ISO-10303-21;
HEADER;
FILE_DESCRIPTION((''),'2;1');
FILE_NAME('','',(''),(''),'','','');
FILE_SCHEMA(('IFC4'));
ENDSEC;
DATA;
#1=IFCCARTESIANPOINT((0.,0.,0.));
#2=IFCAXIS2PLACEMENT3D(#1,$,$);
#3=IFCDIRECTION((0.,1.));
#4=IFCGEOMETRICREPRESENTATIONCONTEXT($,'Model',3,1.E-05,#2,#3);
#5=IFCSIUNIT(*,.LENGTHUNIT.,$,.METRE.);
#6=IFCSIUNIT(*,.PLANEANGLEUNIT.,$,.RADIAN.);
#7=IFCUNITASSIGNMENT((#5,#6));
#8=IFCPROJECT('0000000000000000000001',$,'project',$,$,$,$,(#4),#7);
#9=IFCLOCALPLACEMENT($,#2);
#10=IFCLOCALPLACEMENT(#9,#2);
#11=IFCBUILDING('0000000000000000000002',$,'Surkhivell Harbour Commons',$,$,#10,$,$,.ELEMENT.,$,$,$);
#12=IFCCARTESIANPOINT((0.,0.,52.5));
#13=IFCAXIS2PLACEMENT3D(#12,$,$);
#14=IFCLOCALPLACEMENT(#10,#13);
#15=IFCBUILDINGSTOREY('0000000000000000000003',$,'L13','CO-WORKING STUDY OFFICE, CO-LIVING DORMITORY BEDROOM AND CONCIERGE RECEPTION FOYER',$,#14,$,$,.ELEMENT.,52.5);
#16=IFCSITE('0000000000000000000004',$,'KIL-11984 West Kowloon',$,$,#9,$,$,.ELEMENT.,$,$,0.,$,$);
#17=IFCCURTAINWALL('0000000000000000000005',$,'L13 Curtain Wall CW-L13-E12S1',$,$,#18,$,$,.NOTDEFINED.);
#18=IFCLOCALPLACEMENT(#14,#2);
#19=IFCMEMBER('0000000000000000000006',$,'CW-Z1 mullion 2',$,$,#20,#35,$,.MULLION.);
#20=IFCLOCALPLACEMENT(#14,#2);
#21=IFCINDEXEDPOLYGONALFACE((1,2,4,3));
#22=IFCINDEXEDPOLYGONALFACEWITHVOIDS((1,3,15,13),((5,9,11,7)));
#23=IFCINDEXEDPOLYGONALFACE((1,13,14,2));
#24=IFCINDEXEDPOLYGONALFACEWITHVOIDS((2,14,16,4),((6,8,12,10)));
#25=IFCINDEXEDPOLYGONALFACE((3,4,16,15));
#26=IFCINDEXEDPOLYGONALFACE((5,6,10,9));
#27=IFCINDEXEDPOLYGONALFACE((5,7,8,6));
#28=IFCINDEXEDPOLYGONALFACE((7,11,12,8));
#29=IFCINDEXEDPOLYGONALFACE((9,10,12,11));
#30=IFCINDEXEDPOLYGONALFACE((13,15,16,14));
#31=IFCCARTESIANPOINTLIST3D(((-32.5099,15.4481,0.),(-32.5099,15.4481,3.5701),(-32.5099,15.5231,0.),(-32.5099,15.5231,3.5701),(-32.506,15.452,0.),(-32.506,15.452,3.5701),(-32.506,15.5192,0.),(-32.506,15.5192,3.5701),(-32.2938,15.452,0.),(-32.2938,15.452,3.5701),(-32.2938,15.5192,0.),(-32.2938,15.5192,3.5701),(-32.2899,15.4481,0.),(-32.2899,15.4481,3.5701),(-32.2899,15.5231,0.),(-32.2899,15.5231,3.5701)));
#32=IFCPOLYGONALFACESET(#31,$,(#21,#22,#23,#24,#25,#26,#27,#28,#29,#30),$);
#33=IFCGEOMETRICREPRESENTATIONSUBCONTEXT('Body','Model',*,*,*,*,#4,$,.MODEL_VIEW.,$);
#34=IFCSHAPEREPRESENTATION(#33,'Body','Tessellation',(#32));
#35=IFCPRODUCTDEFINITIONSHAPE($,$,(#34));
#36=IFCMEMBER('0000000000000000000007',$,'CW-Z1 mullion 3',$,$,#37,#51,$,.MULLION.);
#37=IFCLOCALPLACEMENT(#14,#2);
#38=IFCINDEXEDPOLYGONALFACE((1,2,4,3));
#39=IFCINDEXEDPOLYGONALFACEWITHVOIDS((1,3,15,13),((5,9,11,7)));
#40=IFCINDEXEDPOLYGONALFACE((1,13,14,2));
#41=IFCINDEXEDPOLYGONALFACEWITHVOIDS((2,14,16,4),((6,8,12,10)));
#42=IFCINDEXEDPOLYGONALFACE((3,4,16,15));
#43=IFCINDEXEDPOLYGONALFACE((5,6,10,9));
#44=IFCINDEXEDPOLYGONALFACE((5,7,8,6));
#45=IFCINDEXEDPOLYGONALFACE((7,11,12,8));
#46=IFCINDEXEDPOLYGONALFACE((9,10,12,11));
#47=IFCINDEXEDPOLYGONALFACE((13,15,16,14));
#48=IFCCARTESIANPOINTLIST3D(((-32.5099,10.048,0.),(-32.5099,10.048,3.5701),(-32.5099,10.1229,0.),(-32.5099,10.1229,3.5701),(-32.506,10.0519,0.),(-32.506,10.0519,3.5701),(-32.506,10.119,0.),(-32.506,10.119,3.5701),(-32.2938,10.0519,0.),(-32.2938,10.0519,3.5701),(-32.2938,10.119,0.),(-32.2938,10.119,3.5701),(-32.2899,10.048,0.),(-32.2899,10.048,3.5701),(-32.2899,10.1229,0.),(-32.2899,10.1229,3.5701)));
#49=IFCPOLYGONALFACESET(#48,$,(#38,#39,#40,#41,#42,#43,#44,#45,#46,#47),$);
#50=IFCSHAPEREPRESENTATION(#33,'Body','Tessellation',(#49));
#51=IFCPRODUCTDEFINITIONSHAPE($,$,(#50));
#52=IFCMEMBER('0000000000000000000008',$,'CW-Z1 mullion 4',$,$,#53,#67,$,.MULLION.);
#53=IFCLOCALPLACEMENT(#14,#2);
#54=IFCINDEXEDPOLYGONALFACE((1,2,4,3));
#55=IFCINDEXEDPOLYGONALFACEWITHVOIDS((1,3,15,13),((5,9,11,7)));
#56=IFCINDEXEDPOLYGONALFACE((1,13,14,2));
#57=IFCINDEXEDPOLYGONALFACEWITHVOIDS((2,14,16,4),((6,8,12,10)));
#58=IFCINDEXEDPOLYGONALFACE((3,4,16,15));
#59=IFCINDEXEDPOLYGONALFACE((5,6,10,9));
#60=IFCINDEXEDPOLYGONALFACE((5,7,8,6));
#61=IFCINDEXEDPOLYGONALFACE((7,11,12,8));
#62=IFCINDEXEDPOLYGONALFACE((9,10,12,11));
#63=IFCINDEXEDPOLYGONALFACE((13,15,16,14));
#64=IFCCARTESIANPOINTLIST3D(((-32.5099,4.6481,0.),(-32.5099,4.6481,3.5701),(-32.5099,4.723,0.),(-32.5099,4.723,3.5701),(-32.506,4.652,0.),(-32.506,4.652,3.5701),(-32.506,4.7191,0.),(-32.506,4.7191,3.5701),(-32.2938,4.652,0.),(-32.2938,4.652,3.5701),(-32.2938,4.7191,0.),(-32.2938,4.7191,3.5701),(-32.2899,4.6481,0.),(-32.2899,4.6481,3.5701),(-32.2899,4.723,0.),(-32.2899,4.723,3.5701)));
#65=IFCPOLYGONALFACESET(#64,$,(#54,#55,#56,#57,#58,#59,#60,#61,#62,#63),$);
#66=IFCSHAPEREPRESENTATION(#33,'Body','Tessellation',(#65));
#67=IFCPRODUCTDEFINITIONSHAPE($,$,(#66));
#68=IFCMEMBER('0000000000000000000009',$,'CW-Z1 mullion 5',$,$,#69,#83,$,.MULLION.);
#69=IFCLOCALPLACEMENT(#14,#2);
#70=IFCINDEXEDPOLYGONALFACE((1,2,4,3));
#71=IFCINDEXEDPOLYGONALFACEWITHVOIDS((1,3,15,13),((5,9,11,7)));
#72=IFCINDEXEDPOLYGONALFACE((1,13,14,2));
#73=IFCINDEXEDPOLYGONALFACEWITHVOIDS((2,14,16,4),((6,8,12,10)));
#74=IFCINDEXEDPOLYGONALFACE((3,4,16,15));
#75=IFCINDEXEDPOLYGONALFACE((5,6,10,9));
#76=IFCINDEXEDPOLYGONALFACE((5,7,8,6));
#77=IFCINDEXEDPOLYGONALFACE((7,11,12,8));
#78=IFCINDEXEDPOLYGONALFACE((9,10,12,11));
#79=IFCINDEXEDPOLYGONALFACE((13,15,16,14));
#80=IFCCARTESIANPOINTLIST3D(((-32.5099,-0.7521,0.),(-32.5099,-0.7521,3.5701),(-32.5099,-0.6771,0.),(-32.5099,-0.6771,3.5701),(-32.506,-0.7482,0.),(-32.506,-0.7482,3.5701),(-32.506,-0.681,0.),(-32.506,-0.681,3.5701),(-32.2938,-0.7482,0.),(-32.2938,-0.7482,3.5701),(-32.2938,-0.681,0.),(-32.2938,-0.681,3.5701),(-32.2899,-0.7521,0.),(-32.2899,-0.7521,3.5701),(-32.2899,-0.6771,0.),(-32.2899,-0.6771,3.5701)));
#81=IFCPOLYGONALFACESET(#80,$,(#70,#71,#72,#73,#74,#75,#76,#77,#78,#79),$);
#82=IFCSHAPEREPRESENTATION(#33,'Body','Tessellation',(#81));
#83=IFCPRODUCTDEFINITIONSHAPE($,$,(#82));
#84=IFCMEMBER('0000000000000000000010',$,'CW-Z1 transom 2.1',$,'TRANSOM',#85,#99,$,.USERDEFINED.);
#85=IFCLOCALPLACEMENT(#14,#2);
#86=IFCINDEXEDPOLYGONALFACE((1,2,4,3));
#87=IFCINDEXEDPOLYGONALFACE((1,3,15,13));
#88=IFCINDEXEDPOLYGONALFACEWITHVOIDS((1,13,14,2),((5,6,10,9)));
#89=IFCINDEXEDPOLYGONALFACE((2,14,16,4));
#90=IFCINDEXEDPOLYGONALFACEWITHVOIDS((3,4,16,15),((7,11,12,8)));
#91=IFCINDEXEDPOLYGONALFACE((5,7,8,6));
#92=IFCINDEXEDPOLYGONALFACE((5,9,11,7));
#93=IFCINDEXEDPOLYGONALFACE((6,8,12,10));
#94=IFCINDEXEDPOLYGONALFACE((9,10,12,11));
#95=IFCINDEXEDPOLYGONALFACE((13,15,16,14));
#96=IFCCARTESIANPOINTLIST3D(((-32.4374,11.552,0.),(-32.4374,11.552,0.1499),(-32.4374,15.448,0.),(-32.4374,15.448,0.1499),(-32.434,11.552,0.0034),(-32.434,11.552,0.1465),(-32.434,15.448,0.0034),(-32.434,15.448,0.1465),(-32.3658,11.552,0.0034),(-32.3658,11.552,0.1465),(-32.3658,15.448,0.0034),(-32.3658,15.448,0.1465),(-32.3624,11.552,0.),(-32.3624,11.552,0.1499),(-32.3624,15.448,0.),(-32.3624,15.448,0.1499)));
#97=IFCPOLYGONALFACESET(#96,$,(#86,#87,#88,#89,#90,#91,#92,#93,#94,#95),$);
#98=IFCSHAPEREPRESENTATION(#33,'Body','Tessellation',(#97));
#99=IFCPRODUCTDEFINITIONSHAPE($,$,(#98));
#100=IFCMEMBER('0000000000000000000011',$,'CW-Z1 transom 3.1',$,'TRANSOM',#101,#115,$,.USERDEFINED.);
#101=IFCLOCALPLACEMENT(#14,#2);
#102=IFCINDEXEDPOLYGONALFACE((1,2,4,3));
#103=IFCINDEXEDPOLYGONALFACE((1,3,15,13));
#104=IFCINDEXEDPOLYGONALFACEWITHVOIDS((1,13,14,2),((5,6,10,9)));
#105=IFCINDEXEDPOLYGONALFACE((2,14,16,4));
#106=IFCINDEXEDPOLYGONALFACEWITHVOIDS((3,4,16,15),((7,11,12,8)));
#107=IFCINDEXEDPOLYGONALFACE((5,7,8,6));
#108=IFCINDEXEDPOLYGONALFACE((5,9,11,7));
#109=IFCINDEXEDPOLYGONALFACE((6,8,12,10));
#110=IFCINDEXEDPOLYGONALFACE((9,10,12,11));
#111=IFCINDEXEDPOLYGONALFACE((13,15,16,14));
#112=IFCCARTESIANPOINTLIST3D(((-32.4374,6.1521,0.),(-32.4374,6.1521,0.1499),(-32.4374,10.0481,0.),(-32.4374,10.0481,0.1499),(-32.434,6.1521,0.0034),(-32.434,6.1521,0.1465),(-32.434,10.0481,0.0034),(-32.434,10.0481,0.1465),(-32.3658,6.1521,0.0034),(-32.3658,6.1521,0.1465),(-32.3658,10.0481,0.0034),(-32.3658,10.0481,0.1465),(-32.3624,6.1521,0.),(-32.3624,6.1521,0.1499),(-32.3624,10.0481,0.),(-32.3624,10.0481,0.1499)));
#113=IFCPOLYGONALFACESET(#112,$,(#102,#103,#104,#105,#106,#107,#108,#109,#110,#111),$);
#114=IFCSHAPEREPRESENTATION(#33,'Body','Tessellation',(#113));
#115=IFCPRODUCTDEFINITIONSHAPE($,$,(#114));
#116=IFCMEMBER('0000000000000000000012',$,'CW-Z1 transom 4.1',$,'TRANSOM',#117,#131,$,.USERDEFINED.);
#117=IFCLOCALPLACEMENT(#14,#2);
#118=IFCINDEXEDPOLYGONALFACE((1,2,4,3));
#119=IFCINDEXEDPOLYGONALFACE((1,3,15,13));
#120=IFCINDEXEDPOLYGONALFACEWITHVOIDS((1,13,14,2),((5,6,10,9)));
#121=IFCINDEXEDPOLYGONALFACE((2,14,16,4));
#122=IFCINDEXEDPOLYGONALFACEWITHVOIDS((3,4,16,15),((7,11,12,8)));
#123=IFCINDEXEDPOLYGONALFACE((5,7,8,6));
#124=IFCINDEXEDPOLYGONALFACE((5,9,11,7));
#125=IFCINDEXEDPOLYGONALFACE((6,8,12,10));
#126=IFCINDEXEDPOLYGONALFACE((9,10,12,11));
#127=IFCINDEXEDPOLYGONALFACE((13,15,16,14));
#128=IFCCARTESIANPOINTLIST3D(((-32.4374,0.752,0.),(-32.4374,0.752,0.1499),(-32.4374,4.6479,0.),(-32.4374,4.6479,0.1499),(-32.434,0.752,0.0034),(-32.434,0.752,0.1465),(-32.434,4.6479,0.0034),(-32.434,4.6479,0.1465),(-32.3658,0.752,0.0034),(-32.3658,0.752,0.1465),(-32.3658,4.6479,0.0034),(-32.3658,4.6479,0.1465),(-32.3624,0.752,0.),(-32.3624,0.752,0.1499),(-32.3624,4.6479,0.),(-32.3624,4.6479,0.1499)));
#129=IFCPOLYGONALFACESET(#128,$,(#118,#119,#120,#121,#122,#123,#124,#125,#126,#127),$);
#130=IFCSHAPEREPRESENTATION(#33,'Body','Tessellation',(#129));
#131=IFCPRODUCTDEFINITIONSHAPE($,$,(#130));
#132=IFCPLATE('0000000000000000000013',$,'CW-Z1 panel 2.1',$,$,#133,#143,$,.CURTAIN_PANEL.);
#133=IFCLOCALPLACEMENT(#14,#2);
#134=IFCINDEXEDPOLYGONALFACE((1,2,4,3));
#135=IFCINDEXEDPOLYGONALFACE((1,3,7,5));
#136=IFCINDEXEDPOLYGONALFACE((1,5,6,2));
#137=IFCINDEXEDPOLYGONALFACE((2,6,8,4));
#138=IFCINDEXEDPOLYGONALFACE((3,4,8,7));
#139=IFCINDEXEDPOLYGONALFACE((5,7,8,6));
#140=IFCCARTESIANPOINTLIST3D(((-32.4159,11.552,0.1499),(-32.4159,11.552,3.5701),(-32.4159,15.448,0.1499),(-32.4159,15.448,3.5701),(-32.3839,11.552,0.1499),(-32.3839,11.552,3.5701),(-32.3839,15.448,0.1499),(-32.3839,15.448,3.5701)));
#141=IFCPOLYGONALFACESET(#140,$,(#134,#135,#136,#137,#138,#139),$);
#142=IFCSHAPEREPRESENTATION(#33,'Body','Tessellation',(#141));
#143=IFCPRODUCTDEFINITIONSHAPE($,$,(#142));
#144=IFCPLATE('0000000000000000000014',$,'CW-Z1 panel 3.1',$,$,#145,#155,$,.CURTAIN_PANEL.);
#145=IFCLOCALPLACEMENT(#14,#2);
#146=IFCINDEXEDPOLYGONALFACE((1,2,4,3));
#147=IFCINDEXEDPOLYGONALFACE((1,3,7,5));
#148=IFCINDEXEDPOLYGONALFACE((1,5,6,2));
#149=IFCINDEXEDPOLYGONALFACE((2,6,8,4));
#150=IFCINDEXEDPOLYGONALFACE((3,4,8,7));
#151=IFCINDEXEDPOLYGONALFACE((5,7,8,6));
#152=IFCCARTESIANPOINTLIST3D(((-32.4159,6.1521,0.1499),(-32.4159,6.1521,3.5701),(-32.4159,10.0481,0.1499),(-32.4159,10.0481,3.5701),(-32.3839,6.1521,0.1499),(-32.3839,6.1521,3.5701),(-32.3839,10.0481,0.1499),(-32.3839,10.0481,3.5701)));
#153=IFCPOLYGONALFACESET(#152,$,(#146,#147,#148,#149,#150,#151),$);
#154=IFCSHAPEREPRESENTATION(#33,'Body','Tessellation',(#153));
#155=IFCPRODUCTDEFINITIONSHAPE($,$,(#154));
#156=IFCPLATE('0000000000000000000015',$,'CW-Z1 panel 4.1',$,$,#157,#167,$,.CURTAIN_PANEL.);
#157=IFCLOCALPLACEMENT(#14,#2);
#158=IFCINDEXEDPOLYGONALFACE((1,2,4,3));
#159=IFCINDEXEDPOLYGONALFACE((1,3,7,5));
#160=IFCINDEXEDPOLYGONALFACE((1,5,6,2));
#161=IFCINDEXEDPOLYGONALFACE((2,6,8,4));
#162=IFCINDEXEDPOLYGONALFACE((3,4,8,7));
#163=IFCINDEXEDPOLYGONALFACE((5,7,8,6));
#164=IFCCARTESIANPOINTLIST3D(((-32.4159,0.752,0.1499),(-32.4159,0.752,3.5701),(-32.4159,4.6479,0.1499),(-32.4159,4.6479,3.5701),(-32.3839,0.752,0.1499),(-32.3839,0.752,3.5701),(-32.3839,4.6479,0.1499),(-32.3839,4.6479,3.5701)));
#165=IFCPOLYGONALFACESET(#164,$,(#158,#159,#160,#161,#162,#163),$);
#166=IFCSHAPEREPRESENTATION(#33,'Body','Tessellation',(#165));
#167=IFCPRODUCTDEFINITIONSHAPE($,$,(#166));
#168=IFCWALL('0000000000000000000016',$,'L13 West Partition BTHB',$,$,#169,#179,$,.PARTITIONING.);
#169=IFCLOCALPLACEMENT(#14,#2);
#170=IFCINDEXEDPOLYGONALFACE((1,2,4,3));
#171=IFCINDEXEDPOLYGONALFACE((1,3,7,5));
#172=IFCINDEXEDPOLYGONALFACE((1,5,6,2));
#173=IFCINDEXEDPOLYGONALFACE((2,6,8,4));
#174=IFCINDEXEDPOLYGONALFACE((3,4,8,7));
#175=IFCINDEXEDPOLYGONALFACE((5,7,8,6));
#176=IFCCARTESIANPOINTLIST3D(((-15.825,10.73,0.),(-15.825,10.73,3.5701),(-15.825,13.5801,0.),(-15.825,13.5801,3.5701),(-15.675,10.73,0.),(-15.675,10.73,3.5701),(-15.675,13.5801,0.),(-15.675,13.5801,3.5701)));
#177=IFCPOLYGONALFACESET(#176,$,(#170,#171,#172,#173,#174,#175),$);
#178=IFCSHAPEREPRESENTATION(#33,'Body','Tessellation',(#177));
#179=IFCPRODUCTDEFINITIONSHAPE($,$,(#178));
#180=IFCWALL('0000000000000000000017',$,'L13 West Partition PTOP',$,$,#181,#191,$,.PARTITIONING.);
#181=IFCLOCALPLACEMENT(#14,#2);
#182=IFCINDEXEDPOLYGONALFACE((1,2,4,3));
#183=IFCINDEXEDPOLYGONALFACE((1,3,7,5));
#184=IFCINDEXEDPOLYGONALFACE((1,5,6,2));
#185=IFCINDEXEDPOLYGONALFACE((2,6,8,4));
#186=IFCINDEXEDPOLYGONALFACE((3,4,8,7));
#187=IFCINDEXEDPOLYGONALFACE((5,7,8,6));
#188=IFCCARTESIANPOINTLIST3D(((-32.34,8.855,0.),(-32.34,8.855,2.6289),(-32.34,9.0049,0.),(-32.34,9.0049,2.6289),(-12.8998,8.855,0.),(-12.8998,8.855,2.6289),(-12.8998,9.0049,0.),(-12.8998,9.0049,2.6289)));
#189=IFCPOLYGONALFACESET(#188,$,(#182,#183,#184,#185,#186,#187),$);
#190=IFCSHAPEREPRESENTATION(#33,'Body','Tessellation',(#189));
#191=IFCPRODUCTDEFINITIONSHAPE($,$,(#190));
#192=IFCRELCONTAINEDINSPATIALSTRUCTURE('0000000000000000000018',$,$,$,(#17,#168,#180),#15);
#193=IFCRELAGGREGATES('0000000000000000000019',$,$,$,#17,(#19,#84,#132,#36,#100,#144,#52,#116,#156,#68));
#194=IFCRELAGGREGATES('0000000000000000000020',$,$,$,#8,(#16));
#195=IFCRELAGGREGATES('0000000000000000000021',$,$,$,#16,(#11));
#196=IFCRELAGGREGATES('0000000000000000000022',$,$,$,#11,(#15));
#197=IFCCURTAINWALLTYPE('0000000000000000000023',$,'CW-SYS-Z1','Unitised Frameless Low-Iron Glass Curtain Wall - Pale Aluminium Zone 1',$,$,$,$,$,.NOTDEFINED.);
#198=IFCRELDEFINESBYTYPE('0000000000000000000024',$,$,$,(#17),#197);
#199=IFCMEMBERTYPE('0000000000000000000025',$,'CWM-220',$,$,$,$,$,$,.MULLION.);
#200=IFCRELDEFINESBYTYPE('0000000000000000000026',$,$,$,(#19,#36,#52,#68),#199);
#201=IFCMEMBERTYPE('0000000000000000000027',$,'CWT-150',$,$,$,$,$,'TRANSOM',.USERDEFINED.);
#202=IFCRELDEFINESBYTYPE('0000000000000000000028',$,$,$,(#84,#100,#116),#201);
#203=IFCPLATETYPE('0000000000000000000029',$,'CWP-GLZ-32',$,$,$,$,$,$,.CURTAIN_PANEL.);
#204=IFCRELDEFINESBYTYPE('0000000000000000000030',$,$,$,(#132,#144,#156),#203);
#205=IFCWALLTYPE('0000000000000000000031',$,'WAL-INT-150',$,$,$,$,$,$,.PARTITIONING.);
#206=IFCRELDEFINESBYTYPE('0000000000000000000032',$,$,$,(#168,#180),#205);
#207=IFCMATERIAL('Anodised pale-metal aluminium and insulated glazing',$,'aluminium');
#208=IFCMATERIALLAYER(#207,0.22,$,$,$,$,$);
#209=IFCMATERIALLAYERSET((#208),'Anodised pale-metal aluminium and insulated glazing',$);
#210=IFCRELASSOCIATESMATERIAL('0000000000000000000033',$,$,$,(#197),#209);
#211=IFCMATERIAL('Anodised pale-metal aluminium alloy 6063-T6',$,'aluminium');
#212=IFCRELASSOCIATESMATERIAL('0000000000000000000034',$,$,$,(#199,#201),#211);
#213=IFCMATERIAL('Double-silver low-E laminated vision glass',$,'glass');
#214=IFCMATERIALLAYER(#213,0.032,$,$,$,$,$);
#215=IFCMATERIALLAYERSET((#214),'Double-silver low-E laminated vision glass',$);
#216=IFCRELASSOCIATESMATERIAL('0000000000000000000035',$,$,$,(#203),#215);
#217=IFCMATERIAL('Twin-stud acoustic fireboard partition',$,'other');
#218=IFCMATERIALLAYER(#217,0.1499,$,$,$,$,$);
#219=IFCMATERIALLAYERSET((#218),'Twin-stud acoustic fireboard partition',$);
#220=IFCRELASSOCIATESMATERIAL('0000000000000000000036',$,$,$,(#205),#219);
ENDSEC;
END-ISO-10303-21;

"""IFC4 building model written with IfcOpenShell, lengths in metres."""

from ifc_helpers import new_model, si_unit, direction, frame, frame_2d, origin, origin_2d, place, context, subcontext, project, spatial, rectangle, hollow_rectangle, extrude, material, layer, layer_set, material_profile, profile_set, type_object, element, aggregate, save


model = new_model("IFC4")

# Units and contexts
model_context = context("Model", 3, precision=1e-05, world=origin(), true_north=direction((0.0, 1.0)))
body_context = subcontext(model_context, "Body", "Model", "MODEL_VIEW")
ifc_project = project(units=[si_unit("LENGTHUNIT", "METRE"), si_unit("PLANEANGLEUNIT", "RADIAN")], contexts=[model_context])

# Site, building, storey
site_placement = place(None, origin())
site = spatial("IfcSite", under=ifc_project, at=site_placement, Name="KIL-11984 West Kowloon", CompositionType="ELEMENT", RefElevation=0.0)
building_placement = place(site_placement, origin())
building = spatial("IfcBuilding", under=site, at=building_placement, Name="Surkhivell Harbour Commons", CompositionType="ELEMENT")
storey_placement = place(building_placement, frame((0.0, 0.0, 52.5)))
storey = spatial("IfcBuildingStorey", under=building, at=storey_placement, Name="L13", Description="CO-WORKING STUDY OFFICE, CO-LIVING DORMITORY BEDROOM AND CONCIERGE RECEPTION FOYER", CompositionType="ELEMENT", Elevation=52.5)

# Curtain wall, members, plates
ifc_material_1 = material(Name="Anodised pale-metal aluminium and insulated glazing", Category="aluminium")
ifc_layer_1 = layer(ifc_material_1, 0.22)
ifc_layer_set_1 = layer_set([ifc_layer_1], Name="Anodised pale-metal aluminium and insulated glazing")
curtain_wall_type = type_object("IfcCurtainWallType", Name="CW-SYS-Z1", Description="Unitised Frameless Low-Iron Glass Curtain Wall - Pale Aluminium Zone 1", PredefinedType="NOTDEFINED", material=ifc_layer_set_1)
curtain_wall_placement = place(storey_placement, origin())
curtain_wall = element("IfcCurtainWall", 1, at=curtain_wall_placement, inside=storey, type_object=curtain_wall_type, Name="L13 Curtain Wall CW-L13-E12S1", PredefinedType="NOTDEFINED")
ifc_material_2 = material(Name="Anodised pale-metal aluminium alloy 6063-T6", Category="aluminium")
ifc_material_profile_1 = material_profile(ifc_material_2, hollow_rectangle(XDim=0.075, YDim=0.22, WallThickness=0.0039, at=origin_2d()), Name="ALU-MULL-75x220")
ifc_profile_set_1 = profile_set([ifc_material_profile_1], Name="Anodised pale-metal aluminium alloy 6063-T6")
member_type_1 = type_object("IfcMemberType", Name="CWM-220", PredefinedType="MULLION", material=ifc_profile_set_1)
member_1_placement = place(storey_placement, frame((-32.3999, 15.4856, 0.0), z_axis=(0.0, 0.0, 1.0), x_axis=(0.0, -1.0, 0.0)))
member_1 = element("IfcMember", 2, at=member_1_placement, type_object=member_type_1, Name="CW-Z1 mullion 2", PredefinedType="MULLION", context=body_context, shape_type="SweptSolid", body=[
    extrude(hollow_rectangle(XDim=0.075, YDim=0.22, WallThickness=0.0039, at=origin_2d()), origin(), (0.0, 0.0, 1.0), 3.5701),
])
member_2_placement = place(storey_placement, frame((-32.3999, 10.0854, 0.0), z_axis=(0.0, 0.0, 1.0), x_axis=(0.0, -1.0, 0.0)))
member_2 = element("IfcMember", 3, at=member_2_placement, type_object=member_type_1, Name="CW-Z1 mullion 3", PredefinedType="MULLION", context=body_context, shape_type="SweptSolid", body=[
    extrude(hollow_rectangle(XDim=0.075, YDim=0.22, WallThickness=0.0039, at=origin_2d()), origin(), (0.0, 0.0, 1.0), 3.5701),
])
member_3_placement = place(storey_placement, frame((-32.3999, 4.6855, 0.0), z_axis=(0.0, 0.0, 1.0), x_axis=(0.0, -1.0, 0.0)))
member_3 = element("IfcMember", 4, at=member_3_placement, type_object=member_type_1, Name="CW-Z1 mullion 4", PredefinedType="MULLION", context=body_context, shape_type="SweptSolid", body=[
    extrude(hollow_rectangle(XDim=0.075, YDim=0.22, WallThickness=0.0039, at=origin_2d()), origin(), (0.0, 0.0, 1.0), 3.5701),
])
member_4_placement = place(storey_placement, frame((-32.3999, -0.7146, 0.0), z_axis=(0.0, 0.0, 1.0), x_axis=(0.0, -1.0, 0.0)))
member_4 = element("IfcMember", 5, at=member_4_placement, type_object=member_type_1, Name="CW-Z1 mullion 5", PredefinedType="MULLION", context=body_context, shape_type="SweptSolid", body=[
    extrude(hollow_rectangle(XDim=0.075, YDim=0.22, WallThickness=0.0039, at=origin_2d()), origin(), (0.0, 0.0, 1.0), 3.5701),
])
ifc_material_profile_2 = material_profile(ifc_material_2, hollow_rectangle(XDim=0.075, YDim=0.1499, WallThickness=0.0034, at=origin_2d()), Name="ALU-TRAN-75x150")
ifc_profile_set_2 = profile_set([ifc_material_profile_2], Name="Anodised pale-metal aluminium alloy 6063-T6")
member_type_2 = type_object("IfcMemberType", Name="CWT-150", ElementType="TRANSOM", PredefinedType="USERDEFINED", material=ifc_profile_set_2)
member_5_placement = place(storey_placement, frame((-32.3999, 15.448, 0.075), z_axis=(0.0, -1.0, 0.0), x_axis=(1.0, 0.0, 0.0)))
member_5 = element("IfcMember", 6, at=member_5_placement, type_object=member_type_2, Name="CW-Z1 transom 2.1", ObjectType="TRANSOM", PredefinedType="USERDEFINED", context=body_context, shape_type="SweptSolid", body=[
    extrude(hollow_rectangle(XDim=0.075, YDim=0.1499, WallThickness=0.0034, at=origin_2d()), origin(), (0.0, 0.0, 1.0), 3.896),
])
member_6_placement = place(storey_placement, frame((-32.3999, 10.0481, 0.075), z_axis=(0.0, -1.0, 0.0), x_axis=(1.0, 0.0, 0.0)))
member_6 = element("IfcMember", 7, at=member_6_placement, type_object=member_type_2, Name="CW-Z1 transom 3.1", ObjectType="TRANSOM", PredefinedType="USERDEFINED", context=body_context, shape_type="SweptSolid", body=[
    extrude(hollow_rectangle(XDim=0.075, YDim=0.1499, WallThickness=0.0034, at=origin_2d()), origin(), (0.0, 0.0, 1.0), 3.896),
])
member_7_placement = place(storey_placement, frame((-32.3999, 4.6479, 0.075), z_axis=(0.0, -1.0, 0.0), x_axis=(1.0, 0.0, 0.0)))
member_7 = element("IfcMember", 8, at=member_7_placement, type_object=member_type_2, Name="CW-Z1 transom 4.1", ObjectType="TRANSOM", PredefinedType="USERDEFINED", context=body_context, shape_type="SweptSolid", body=[
    extrude(hollow_rectangle(XDim=0.075, YDim=0.1499, WallThickness=0.0034, at=origin_2d()), origin(), (0.0, 0.0, 1.0), 3.896),
])
ifc_material_3 = material(Name="Double-silver low-E laminated vision glass", Category="glass")
ifc_layer_2 = layer(ifc_material_3, 0.032)
ifc_layer_set_2 = layer_set([ifc_layer_2], Name="Double-silver low-E laminated vision glass")
plate_type = type_object("IfcPlateType", Name="CWP-GLZ-32", PredefinedType="CURTAIN_PANEL", material=ifc_layer_set_2)
plate_1_placement = place(storey_placement, frame((-32.3999, 15.448, 0.1499), z_axis=(0.0, 0.0, 1.0), x_axis=(0.0, -1.0, 0.0)))
plate_1 = element("IfcPlate", 9, at=plate_1_placement, type_object=plate_type, Name="CW-Z1 panel 2.1", PredefinedType="CURTAIN_PANEL", context=body_context, shape_type="SweptSolid", body=[
    extrude(rectangle(XDim=3.896, YDim=0.032, at=frame_2d((1.948, 0.0))), origin(), (0.0, 0.0, 1.0), 3.4202),
])
plate_2_placement = place(storey_placement, frame((-32.3999, 10.0481, 0.1499), z_axis=(0.0, 0.0, 1.0), x_axis=(0.0, -1.0, 0.0)))
plate_2 = element("IfcPlate", 10, at=plate_2_placement, type_object=plate_type, Name="CW-Z1 panel 3.1", PredefinedType="CURTAIN_PANEL", context=body_context, shape_type="SweptSolid", body=[
    extrude(rectangle(XDim=3.896, YDim=0.032, at=frame_2d((1.948, 0.0))), origin(), (0.0, 0.0, 1.0), 3.4202),
])
plate_3_placement = place(storey_placement, frame((-32.3999, 4.6479, 0.1499), z_axis=(0.0, 0.0, 1.0), x_axis=(0.0, -1.0, 0.0)))
plate_3 = element("IfcPlate", 11, at=plate_3_placement, type_object=plate_type, Name="CW-Z1 panel 4.1", PredefinedType="CURTAIN_PANEL", context=body_context, shape_type="SweptSolid", body=[
    extrude(rectangle(XDim=3.896, YDim=0.032, at=frame_2d((1.948, 0.0))), origin(), (0.0, 0.0, 1.0), 3.4202),
])
aggregate(curtain_wall, [member_1, member_5, plate_1, member_2, member_6, plate_2, member_3, member_7, plate_3, member_4])

# Walls
ifc_material_4 = material(Name="Twin-stud acoustic fireboard partition", Category="other")
ifc_layer_3 = layer(ifc_material_4, 0.1499)
ifc_layer_set_3 = layer_set([ifc_layer_3], Name="Twin-stud acoustic fireboard partition")
wall_type = type_object("IfcWallType", Name="WAL-INT-150", PredefinedType="PARTITIONING", material=ifc_layer_set_3)
wall_1_placement = place(storey_placement, frame((-15.75, 10.73, 0.0), z_axis=(0.0, 0.0, 1.0), x_axis=(0.0, 1.0, 0.0)))
element("IfcWall", 12, at=wall_1_placement, inside=storey, type_object=wall_type, Name="L13 West Partition BTHB", PredefinedType="PARTITIONING", context=body_context, shape_type="SweptSolid", body=[
    extrude(rectangle(XDim=2.8501, YDim=0.1499, at=frame_2d((1.425, 0.0))), origin(), (0.0, 0.0, 1.0), 3.5701),
])
wall_2_placement = place(storey_placement, frame((-32.3401, 8.9299, 0.0), z_axis=(0.0, 0.0, 1.0), x_axis=(1.0, 0.0, 0.0)))
element("IfcWall", 13, at=wall_2_placement, inside=storey, type_object=wall_type, Name="L13 West Partition PTOP", PredefinedType="PARTITIONING", context=body_context, shape_type="SweptSolid", body=[
    extrude(rectangle(XDim=19.4402, YDim=0.1499, at=frame_2d((9.7202, 0.0))), origin(), (0.0, 0.0, 1.0), 2.6289),
])

save(model, "model.ifc")
